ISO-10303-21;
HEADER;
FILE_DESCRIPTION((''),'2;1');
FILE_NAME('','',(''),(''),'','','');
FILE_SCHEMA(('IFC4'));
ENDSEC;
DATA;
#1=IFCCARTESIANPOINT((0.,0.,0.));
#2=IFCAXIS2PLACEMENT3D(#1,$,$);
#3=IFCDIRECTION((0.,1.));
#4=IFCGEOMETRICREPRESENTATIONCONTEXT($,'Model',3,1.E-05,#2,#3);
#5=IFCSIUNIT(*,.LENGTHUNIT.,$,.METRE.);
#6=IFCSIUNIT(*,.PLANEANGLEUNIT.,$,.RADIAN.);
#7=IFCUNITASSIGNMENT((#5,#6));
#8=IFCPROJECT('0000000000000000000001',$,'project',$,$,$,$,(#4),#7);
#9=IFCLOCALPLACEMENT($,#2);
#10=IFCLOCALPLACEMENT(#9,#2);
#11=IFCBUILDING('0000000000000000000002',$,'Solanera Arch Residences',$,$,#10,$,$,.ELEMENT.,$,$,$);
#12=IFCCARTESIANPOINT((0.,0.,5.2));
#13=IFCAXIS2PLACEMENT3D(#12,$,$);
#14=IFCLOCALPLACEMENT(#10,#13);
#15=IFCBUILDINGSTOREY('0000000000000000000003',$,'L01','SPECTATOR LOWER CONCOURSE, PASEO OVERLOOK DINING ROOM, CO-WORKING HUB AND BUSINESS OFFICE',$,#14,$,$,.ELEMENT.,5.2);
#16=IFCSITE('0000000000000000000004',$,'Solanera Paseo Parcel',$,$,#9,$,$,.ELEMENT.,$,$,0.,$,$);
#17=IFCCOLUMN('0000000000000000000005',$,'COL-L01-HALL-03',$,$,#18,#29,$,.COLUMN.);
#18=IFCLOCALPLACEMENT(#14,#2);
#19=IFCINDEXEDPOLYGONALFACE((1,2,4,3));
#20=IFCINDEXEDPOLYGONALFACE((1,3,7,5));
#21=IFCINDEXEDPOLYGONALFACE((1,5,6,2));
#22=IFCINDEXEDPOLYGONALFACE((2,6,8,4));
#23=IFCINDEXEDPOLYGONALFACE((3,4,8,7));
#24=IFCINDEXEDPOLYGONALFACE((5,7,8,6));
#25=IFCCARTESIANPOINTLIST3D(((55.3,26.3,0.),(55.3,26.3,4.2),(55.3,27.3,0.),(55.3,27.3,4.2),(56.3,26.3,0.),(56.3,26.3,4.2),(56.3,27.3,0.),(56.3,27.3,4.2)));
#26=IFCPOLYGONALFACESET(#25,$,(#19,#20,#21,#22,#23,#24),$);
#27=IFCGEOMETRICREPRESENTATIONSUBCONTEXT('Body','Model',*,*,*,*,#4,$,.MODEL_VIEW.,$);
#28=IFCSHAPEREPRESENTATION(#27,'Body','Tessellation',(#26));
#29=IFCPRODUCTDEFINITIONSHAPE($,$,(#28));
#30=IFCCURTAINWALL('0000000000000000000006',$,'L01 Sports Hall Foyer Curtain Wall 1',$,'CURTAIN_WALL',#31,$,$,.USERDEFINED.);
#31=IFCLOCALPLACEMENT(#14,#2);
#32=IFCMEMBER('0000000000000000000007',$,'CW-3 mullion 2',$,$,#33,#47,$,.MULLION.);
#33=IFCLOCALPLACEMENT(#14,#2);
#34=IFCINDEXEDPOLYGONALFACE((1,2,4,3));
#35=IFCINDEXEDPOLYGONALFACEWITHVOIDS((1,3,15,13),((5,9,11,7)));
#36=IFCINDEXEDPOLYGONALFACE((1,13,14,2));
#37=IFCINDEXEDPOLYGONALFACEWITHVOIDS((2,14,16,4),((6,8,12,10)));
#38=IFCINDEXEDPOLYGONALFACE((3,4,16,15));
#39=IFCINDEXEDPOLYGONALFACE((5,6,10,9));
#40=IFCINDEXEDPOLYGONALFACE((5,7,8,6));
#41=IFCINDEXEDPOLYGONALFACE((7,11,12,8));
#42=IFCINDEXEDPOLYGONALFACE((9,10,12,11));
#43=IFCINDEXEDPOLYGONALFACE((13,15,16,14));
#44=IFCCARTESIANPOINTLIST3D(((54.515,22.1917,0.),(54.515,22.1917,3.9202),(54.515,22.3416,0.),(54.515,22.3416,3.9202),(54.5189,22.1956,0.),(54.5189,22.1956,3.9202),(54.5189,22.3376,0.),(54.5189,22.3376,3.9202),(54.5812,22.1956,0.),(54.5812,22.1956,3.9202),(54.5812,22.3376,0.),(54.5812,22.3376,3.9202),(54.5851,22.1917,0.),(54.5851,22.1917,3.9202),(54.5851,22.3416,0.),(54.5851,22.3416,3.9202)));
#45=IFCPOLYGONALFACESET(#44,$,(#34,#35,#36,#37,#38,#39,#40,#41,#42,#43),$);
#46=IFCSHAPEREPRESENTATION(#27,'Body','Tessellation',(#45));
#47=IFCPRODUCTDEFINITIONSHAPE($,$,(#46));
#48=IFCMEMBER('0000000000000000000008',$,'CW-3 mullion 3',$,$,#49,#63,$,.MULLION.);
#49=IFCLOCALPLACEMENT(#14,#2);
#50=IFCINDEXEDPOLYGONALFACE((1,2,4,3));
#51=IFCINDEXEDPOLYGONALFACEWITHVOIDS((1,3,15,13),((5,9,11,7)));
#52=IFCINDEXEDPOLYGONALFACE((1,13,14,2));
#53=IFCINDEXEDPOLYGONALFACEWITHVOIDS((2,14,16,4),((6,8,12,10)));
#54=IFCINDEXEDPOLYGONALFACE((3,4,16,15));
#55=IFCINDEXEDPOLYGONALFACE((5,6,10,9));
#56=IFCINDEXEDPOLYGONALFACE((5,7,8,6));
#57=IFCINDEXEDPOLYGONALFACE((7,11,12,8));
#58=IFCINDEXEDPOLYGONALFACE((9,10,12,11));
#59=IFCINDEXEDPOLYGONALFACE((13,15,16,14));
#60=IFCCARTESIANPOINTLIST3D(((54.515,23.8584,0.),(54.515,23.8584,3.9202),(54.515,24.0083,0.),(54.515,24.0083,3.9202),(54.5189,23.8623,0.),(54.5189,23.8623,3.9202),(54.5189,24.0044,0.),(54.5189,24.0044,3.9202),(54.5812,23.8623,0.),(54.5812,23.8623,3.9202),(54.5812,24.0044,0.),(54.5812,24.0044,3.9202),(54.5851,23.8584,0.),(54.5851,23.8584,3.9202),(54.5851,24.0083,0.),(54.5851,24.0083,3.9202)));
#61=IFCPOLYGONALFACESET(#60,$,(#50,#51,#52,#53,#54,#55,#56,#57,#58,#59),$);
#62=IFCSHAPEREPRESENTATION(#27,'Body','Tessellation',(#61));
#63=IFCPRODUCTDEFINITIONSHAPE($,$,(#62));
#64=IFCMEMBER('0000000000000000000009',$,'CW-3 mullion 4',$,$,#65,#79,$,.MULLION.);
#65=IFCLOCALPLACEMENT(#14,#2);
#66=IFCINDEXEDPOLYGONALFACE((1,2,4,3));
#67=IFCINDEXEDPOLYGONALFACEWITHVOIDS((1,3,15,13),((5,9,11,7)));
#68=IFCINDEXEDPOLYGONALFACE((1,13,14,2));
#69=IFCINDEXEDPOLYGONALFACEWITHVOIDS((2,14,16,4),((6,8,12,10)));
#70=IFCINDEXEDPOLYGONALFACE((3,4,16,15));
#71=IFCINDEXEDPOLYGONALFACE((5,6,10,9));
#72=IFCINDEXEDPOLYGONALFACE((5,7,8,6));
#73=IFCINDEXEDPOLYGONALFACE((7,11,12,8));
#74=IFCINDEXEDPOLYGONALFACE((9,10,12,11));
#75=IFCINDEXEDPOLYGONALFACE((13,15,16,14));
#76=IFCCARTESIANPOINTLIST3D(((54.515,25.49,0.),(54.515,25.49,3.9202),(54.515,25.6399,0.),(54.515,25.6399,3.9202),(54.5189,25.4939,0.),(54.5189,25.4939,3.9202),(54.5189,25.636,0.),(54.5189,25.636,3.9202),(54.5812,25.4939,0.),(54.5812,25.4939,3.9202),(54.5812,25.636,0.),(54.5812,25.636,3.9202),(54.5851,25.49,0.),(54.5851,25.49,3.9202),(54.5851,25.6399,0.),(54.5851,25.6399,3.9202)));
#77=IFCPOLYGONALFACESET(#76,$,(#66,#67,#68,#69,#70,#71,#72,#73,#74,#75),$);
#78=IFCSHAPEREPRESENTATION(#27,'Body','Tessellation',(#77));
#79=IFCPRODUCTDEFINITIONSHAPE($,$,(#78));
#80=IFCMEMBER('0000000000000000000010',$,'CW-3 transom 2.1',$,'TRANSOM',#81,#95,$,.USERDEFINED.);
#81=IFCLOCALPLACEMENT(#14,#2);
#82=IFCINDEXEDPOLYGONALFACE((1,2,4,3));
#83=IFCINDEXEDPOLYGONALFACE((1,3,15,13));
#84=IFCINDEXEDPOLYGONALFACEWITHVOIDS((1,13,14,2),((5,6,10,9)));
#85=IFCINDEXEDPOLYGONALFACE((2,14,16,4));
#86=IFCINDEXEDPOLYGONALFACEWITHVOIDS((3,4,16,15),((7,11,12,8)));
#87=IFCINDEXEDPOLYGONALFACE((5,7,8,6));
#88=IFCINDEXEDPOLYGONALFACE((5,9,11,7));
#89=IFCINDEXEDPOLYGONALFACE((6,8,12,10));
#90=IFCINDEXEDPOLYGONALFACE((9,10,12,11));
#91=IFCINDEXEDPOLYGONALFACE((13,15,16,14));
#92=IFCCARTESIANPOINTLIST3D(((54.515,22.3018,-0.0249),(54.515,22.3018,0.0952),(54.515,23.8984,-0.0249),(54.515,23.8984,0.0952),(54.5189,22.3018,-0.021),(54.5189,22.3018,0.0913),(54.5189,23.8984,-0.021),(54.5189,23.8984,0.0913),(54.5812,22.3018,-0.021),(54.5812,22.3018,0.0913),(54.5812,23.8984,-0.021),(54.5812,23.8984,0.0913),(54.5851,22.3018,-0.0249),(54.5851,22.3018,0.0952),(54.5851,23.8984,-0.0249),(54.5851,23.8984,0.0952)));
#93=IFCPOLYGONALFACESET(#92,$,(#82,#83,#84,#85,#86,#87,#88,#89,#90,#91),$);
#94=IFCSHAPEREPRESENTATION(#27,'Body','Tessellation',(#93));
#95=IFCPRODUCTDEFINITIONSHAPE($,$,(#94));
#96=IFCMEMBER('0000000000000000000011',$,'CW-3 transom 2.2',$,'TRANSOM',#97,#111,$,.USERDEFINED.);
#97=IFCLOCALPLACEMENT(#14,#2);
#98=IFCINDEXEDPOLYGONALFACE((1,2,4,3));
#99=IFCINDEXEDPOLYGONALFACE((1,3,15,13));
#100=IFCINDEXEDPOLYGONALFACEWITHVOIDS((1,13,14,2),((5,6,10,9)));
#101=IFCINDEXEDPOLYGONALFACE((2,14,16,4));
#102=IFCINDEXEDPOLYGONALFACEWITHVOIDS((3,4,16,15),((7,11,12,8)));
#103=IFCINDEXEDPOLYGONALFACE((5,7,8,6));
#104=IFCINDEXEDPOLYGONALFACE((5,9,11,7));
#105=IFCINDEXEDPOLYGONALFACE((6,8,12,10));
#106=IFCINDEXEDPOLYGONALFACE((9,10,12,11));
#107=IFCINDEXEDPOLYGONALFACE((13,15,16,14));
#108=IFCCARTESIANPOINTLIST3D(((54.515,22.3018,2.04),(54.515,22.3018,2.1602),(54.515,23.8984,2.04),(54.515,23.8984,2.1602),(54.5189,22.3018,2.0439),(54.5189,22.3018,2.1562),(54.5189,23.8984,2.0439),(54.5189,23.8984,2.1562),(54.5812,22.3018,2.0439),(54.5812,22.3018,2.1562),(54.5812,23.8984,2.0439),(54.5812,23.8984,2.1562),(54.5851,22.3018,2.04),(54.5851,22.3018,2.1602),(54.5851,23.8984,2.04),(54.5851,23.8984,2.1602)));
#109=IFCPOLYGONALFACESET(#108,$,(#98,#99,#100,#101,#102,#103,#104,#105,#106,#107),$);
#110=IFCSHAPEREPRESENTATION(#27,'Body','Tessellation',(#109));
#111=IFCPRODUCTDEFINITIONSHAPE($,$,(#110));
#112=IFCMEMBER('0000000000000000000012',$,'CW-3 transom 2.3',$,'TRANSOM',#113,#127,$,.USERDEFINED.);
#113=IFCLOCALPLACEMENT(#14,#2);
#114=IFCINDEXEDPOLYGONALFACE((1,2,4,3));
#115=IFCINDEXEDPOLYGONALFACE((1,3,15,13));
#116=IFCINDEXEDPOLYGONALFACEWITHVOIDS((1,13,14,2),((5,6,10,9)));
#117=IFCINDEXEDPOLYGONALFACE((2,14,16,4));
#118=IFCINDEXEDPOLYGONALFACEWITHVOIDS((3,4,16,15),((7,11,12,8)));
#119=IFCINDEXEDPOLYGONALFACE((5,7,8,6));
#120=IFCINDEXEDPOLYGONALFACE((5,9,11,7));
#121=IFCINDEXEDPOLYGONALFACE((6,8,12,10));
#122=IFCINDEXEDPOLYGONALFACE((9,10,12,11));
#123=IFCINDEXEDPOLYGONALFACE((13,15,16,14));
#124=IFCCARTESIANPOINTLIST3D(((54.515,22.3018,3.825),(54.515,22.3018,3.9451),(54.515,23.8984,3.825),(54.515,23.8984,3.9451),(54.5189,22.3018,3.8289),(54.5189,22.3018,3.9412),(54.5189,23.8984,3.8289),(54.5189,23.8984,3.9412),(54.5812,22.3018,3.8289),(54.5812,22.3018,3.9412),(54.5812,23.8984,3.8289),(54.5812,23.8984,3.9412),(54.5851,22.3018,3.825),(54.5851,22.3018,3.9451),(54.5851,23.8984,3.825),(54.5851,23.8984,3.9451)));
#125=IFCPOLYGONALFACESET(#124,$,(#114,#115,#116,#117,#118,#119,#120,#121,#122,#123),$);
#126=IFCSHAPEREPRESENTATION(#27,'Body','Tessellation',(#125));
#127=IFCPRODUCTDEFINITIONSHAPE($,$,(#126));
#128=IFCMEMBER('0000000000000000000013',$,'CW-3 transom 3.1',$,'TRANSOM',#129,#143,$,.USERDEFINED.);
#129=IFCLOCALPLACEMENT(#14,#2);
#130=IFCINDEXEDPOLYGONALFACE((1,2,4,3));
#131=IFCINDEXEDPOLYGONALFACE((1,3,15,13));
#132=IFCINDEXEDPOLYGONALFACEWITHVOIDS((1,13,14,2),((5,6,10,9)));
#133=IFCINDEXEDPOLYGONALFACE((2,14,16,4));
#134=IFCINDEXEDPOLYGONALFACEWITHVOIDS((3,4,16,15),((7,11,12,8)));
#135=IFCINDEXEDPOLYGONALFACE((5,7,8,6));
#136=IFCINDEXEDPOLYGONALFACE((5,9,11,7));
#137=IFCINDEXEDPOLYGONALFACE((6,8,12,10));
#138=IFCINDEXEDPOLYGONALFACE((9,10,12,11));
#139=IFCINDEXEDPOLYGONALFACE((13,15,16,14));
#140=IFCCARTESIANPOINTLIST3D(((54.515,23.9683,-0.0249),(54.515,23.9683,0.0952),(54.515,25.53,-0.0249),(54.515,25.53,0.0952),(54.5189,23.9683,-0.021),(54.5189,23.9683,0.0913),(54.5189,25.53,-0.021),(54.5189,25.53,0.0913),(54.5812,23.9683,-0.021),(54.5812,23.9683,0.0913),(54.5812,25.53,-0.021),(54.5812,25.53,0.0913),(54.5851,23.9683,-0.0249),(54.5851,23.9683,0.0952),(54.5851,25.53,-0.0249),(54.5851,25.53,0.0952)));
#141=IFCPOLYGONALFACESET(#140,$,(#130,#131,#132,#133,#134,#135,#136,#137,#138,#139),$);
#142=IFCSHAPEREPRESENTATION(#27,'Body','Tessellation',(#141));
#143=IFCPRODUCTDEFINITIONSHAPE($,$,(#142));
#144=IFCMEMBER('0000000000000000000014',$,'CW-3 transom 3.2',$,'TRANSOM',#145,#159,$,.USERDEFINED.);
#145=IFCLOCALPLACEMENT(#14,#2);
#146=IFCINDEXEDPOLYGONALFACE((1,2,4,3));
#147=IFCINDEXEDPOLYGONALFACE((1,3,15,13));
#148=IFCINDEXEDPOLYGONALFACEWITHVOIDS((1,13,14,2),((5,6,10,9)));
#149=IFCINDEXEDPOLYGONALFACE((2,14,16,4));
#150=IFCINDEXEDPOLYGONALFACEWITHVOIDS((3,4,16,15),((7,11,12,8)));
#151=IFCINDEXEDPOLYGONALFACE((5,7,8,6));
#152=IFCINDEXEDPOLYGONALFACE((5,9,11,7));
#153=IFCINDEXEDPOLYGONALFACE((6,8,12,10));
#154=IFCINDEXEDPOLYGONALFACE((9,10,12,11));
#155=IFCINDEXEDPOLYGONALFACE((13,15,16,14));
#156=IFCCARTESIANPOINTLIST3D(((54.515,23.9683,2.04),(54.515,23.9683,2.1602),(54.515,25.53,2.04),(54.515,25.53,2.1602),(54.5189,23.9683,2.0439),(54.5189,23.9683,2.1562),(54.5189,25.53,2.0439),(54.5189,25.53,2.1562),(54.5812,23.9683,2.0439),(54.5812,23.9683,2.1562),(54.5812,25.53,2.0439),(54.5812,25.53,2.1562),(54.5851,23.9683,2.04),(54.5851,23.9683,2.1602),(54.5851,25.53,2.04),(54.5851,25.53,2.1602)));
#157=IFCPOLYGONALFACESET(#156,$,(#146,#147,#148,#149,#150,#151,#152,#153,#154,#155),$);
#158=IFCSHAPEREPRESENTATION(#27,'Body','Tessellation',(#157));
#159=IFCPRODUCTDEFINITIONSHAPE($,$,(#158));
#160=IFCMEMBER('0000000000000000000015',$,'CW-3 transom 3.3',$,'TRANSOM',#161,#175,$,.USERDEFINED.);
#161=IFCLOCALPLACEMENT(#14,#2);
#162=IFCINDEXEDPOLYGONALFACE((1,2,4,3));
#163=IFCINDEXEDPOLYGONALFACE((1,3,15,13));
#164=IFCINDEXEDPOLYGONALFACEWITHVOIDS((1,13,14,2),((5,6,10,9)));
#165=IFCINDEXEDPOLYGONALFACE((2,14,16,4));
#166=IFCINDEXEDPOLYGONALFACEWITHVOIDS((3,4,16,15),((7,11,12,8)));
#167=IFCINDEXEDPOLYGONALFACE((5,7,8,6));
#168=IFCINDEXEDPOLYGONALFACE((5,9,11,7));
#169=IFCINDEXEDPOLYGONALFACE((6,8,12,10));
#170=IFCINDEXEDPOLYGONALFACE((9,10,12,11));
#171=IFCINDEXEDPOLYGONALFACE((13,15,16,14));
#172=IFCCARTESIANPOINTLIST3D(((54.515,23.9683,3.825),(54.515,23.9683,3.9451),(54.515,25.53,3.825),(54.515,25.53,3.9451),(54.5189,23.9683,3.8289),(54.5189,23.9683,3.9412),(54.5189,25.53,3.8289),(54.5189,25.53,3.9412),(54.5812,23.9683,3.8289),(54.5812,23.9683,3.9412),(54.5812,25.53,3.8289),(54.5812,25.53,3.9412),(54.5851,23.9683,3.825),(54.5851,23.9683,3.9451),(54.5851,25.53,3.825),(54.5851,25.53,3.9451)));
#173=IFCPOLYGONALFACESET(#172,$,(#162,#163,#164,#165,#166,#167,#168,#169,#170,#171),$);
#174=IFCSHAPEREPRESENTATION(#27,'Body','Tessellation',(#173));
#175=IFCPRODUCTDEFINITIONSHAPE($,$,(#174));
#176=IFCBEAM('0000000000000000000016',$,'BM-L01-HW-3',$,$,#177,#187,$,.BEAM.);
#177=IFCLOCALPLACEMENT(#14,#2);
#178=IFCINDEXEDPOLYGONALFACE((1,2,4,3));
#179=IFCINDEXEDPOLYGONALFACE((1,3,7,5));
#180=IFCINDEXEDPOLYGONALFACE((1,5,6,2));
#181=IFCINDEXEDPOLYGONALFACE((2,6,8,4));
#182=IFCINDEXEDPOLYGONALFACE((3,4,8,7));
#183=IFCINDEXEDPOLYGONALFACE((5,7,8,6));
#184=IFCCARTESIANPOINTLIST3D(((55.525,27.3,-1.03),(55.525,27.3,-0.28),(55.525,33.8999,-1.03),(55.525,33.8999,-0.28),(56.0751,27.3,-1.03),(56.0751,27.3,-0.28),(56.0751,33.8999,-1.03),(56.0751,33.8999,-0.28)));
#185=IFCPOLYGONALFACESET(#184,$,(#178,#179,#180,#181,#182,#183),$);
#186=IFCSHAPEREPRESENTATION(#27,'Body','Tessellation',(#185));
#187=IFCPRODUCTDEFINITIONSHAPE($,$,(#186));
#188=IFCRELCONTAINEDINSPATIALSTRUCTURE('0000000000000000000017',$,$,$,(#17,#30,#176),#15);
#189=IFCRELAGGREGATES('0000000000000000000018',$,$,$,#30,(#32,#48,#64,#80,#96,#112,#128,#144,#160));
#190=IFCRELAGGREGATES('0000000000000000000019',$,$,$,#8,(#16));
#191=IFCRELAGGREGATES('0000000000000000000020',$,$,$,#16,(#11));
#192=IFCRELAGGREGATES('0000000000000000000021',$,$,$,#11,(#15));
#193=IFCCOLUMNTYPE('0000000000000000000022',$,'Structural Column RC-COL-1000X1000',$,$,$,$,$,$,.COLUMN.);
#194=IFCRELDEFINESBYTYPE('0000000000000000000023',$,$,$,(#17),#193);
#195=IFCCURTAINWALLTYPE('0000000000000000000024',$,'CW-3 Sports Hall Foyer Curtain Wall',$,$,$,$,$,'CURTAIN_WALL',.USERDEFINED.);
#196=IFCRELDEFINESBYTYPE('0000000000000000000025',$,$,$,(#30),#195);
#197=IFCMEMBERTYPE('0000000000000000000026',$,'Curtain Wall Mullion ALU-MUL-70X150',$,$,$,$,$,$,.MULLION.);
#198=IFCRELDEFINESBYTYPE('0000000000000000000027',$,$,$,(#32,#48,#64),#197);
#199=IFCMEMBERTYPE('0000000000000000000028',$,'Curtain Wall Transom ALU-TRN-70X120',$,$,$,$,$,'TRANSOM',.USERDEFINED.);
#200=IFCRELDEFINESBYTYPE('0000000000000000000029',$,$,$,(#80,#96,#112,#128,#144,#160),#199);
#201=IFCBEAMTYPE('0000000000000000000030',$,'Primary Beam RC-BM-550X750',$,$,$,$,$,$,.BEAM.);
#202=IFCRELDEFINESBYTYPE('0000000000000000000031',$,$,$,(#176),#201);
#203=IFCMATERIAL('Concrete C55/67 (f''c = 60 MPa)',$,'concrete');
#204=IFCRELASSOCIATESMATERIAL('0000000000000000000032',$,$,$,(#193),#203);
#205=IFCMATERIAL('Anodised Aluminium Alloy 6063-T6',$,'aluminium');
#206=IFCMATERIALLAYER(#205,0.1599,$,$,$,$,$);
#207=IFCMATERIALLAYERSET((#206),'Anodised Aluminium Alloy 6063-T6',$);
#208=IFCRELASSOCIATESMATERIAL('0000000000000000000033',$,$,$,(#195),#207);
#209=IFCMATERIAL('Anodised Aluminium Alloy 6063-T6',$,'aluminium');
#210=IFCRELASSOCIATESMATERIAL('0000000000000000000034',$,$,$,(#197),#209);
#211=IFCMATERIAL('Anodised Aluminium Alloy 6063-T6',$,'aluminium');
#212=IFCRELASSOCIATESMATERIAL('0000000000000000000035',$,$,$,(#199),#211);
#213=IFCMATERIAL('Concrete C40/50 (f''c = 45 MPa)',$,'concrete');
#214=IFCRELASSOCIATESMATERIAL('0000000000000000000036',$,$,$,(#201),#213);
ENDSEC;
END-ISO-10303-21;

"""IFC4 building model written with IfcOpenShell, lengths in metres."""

from ifc_helpers import new_model, si_unit, direction, frame, origin, origin_2d, place, context, subcontext, project, spatial, rectangle, hollow_rectangle, extrude, material, layer, layer_set, material_profile, profile_set, type_object, element, aggregate, save


model = new_model("IFC4")

# Units and contexts
model_context = context("Model", 3, precision=1e-05, world=origin(), true_north=direction((0.0, 1.0)))
body_context = subcontext(model_context, "Body", "Model", "MODEL_VIEW")
ifc_project = project(units=[si_unit("LENGTHUNIT", "METRE"), si_unit("PLANEANGLEUNIT", "RADIAN")], contexts=[model_context])

# Site, building, storey
site_placement = place(None, origin())
site = spatial("IfcSite", under=ifc_project, at=site_placement, Name="Solanera Paseo Parcel", CompositionType="ELEMENT", RefElevation=0.0)
building_placement = place(site_placement, origin())
building = spatial("IfcBuilding", under=site, at=building_placement, Name="Solanera Arch Residences", CompositionType="ELEMENT")
storey_placement = place(building_placement, frame((0.0, 0.0, 5.2)))
storey = spatial("IfcBuildingStorey", under=building, at=storey_placement, Name="L01", Description="SPECTATOR LOWER CONCOURSE, PASEO OVERLOOK DINING ROOM, CO-WORKING HUB AND BUSINESS OFFICE", CompositionType="ELEMENT", Elevation=5.2)

# Column
ifc_material_1 = material(Name="Concrete C55/67 (f'c = 60 MPa)", Category="concrete")
ifc_material_profile_1 = material_profile(ifc_material_1, rectangle(XDim=1.0, YDim=1.0, at=origin_2d()))
ifc_profile_set_1 = profile_set([ifc_material_profile_1], Name="Concrete C55/67 (f'c = 60 MPa)")
column_type = type_object("IfcColumnType", Name="Structural Column RC-COL-1000X1000", PredefinedType="COLUMN", material=ifc_profile_set_1)
column_placement = place(storey_placement, frame((55.8, 26.8, 0.0), z_axis=(0.0, 0.0, 1.0), x_axis=(1.0, 0.0, 0.0)))
element("IfcColumn", 1, at=column_placement, inside=storey, type_object=column_type, Name="COL-L01-HALL-03", PredefinedType="COLUMN", context=body_context, shape_type="SweptSolid", body=[
    extrude(rectangle(XDim=1.0, YDim=1.0, at=origin_2d()), origin(), (0.0, 0.0, 1.0), 4.2),
])

# Curtain wall, members
ifc_material_2 = material(Name="Anodised Aluminium Alloy 6063-T6", Category="aluminium")
ifc_layer_1 = layer(ifc_material_2, 0.1599)
ifc_layer_set_1 = layer_set([ifc_layer_1], Name="Anodised Aluminium Alloy 6063-T6")
curtain_wall_type = type_object("IfcCurtainWallType", Name="CW-3 Sports Hall Foyer Curtain Wall", ElementType="CURTAIN_WALL", PredefinedType="USERDEFINED", material=ifc_layer_set_1)
curtain_wall_placement = place(storey_placement, origin())
curtain_wall = element("IfcCurtainWall", 2, at=curtain_wall_placement, inside=storey, type_object=curtain_wall_type, Name="L01 Sports Hall Foyer Curtain Wall 1", ObjectType="CURTAIN_WALL", PredefinedType="USERDEFINED")
ifc_material_3 = material(Name="Anodised Aluminium Alloy 6063-T6", Category="aluminium")
ifc_material_profile_2 = material_profile(ifc_material_3, hollow_rectangle(XDim=0.0701, YDim=0.1499, WallThickness=0.0039, at=origin_2d()))
ifc_profile_set_2 = profile_set([ifc_material_profile_2], Name="Anodised Aluminium Alloy 6063-T6")
member_type_1 = type_object("IfcMemberType", Name="Curtain Wall Mullion ALU-MUL-70X150", PredefinedType="MULLION", material=ifc_profile_set_2)
member_1_placement = place(storey_placement, frame((54.55, 22.2666, 0.0), z_axis=(0.0, 0.0, 1.0), x_axis=(-1.0, 0.0, 0.0)))
member_1 = element("IfcMember", 3, at=member_1_placement, type_object=member_type_1, Name="CW-3 mullion 2", PredefinedType="MULLION", context=body_context, shape_type="SweptSolid", body=[
    extrude(hollow_rectangle(XDim=0.0701, YDim=0.1499, WallThickness=0.0039, at=origin_2d()), origin(), (0.0, 0.0, 1.0), 3.9202),
])
member_2_placement = place(storey_placement, frame((54.55, 23.9333, 0.0), z_axis=(0.0, 0.0, 1.0), x_axis=(-1.0, 0.0, 0.0)))
member_2 = element("IfcMember", 4, at=member_2_placement, type_object=member_type_1, Name="CW-3 mullion 3", PredefinedType="MULLION", context=body_context, shape_type="SweptSolid", body=[
    extrude(hollow_rectangle(XDim=0.0701, YDim=0.1499, WallThickness=0.0039, at=origin_2d()), origin(), (0.0, 0.0, 1.0), 3.9202),
])
member_3_placement = place(storey_placement, frame((54.55, 25.5649, 0.0), z_axis=(0.0, 0.0, 1.0), x_axis=(-1.0, 0.0, 0.0)))
member_3 = element("IfcMember", 5, at=member_3_placement, type_object=member_type_1, Name="CW-3 mullion 4", PredefinedType="MULLION", context=body_context, shape_type="SweptSolid", body=[
    extrude(hollow_rectangle(XDim=0.0701, YDim=0.1499, WallThickness=0.0039, at=origin_2d()), origin(), (0.0, 0.0, 1.0), 3.9202),
])
ifc_material_4 = material(Name="Anodised Aluminium Alloy 6063-T6", Category="aluminium")
ifc_material_profile_3 = material_profile(ifc_material_4, hollow_rectangle(XDim=0.0701, YDim=0.1201, WallThickness=0.0039, at=origin_2d()))
ifc_profile_set_3 = profile_set([ifc_material_profile_3], Name="Anodised Aluminium Alloy 6063-T6")
member_type_2 = type_object("IfcMemberType", Name="Curtain Wall Transom ALU-TRN-70X120", ElementType="TRANSOM", PredefinedType="USERDEFINED", material=ifc_profile_set_3)
member_4_placement = place(storey_placement, frame((54.55, 22.3018, 0.0352), z_axis=(0.0, 1.0, 0.0), x_axis=(-1.0, 0.0, 0.0)))
member_4 = element("IfcMember", 6, at=member_4_placement, type_object=member_type_2, Name="CW-3 transom 2.1", ObjectType="TRANSOM", PredefinedType="USERDEFINED", context=body_context, shape_type="SweptSolid", body=[
    extrude(hollow_rectangle(XDim=0.0701, YDim=0.1201, WallThickness=0.0039, at=origin_2d()), origin(), (0.0, 0.0, 1.0), 1.5967),
])
member_5_placement = place(storey_placement, frame((54.55, 22.3018, 2.1001), z_axis=(0.0, 1.0, 0.0), x_axis=(-1.0, 0.0, 0.0)))
member_5 = element("IfcMember", 7, at=member_5_placement, type_object=member_type_2, Name="CW-3 transom 2.2", ObjectType="TRANSOM", PredefinedType="USERDEFINED", context=body_context, shape_type="SweptSolid", body=[
    extrude(hollow_rectangle(XDim=0.0701, YDim=0.1201, WallThickness=0.0039, at=origin_2d()), origin(), (0.0, 0.0, 1.0), 1.5967),
])
member_6_placement = place(storey_placement, frame((54.55, 22.3018, 3.885), z_axis=(0.0, 1.0, 0.0), x_axis=(-1.0, 0.0, 0.0)))
member_6 = element("IfcMember", 8, at=member_6_placement, type_object=member_type_2, Name="CW-3 transom 2.3", ObjectType="TRANSOM", PredefinedType="USERDEFINED", context=body_context, shape_type="SweptSolid", body=[
    extrude(hollow_rectangle(XDim=0.0701, YDim=0.1201, WallThickness=0.0039, at=origin_2d()), origin(), (0.0, 0.0, 1.0), 1.5967),
])
member_7_placement = place(storey_placement, frame((54.55, 23.9683, 0.0352), z_axis=(0.0, 1.0, 0.0), x_axis=(-1.0, 0.0, 0.0)))
member_7 = element("IfcMember", 9, at=member_7_placement, type_object=member_type_2, Name="CW-3 transom 3.1", ObjectType="TRANSOM", PredefinedType="USERDEFINED", context=body_context, shape_type="SweptSolid", body=[
    extrude(hollow_rectangle(XDim=0.0701, YDim=0.1201, WallThickness=0.0039, at=origin_2d()), origin(), (0.0, 0.0, 1.0), 1.5618),
])
member_8_placement = place(storey_placement, frame((54.55, 23.9683, 2.1001), z_axis=(0.0, 1.0, 0.0), x_axis=(-1.0, 0.0, 0.0)))
member_8 = element("IfcMember", 10, at=member_8_placement, type_object=member_type_2, Name="CW-3 transom 3.2", ObjectType="TRANSOM", PredefinedType="USERDEFINED", context=body_context, shape_type="SweptSolid", body=[
    extrude(hollow_rectangle(XDim=0.0701, YDim=0.1201, WallThickness=0.0039, at=origin_2d()), origin(), (0.0, 0.0, 1.0), 1.5618),
])
member_9_placement = place(storey_placement, frame((54.55, 23.9683, 3.885), z_axis=(0.0, 1.0, 0.0), x_axis=(-1.0, 0.0, 0.0)))
member_9 = element("IfcMember", 11, at=member_9_placement, type_object=member_type_2, Name="CW-3 transom 3.3", ObjectType="TRANSOM", PredefinedType="USERDEFINED", context=body_context, shape_type="SweptSolid", body=[
    extrude(hollow_rectangle(XDim=0.0701, YDim=0.1201, WallThickness=0.0039, at=origin_2d()), origin(), (0.0, 0.0, 1.0), 1.5618),
])

# Beam
ifc_material_5 = material(Name="Concrete C40/50 (f'c = 45 MPa)", Category="concrete")
ifc_material_profile_4 = material_profile(ifc_material_5, rectangle(XDim=0.55, YDim=0.75, at=origin_2d()))
ifc_profile_set_4 = profile_set([ifc_material_profile_4], Name="Concrete C40/50 (f'c = 45 MPa)")
beam_type = type_object("IfcBeamType", Name="Primary Beam RC-BM-550X750", PredefinedType="BEAM", material=ifc_profile_set_4)
beam_placement = place(storey_placement, frame((55.8, 27.3, -0.655), z_axis=(0.0, 1.0, 0.0), x_axis=(-1.0, 0.0, 0.0)))
element("IfcBeam", 12, at=beam_placement, inside=storey, type_object=beam_type, Name="BM-L01-HW-3", PredefinedType="BEAM", context=body_context, shape_type="SweptSolid", body=[
    extrude(rectangle(XDim=0.55, YDim=0.75, at=origin_2d()), origin(), (0.0, 0.0, 1.0), 6.5999),
])

aggregate(curtain_wall, [member_1, member_2, member_3, member_4, member_5, member_6, member_7, member_8, member_9])

save(model, "model.ifc")
